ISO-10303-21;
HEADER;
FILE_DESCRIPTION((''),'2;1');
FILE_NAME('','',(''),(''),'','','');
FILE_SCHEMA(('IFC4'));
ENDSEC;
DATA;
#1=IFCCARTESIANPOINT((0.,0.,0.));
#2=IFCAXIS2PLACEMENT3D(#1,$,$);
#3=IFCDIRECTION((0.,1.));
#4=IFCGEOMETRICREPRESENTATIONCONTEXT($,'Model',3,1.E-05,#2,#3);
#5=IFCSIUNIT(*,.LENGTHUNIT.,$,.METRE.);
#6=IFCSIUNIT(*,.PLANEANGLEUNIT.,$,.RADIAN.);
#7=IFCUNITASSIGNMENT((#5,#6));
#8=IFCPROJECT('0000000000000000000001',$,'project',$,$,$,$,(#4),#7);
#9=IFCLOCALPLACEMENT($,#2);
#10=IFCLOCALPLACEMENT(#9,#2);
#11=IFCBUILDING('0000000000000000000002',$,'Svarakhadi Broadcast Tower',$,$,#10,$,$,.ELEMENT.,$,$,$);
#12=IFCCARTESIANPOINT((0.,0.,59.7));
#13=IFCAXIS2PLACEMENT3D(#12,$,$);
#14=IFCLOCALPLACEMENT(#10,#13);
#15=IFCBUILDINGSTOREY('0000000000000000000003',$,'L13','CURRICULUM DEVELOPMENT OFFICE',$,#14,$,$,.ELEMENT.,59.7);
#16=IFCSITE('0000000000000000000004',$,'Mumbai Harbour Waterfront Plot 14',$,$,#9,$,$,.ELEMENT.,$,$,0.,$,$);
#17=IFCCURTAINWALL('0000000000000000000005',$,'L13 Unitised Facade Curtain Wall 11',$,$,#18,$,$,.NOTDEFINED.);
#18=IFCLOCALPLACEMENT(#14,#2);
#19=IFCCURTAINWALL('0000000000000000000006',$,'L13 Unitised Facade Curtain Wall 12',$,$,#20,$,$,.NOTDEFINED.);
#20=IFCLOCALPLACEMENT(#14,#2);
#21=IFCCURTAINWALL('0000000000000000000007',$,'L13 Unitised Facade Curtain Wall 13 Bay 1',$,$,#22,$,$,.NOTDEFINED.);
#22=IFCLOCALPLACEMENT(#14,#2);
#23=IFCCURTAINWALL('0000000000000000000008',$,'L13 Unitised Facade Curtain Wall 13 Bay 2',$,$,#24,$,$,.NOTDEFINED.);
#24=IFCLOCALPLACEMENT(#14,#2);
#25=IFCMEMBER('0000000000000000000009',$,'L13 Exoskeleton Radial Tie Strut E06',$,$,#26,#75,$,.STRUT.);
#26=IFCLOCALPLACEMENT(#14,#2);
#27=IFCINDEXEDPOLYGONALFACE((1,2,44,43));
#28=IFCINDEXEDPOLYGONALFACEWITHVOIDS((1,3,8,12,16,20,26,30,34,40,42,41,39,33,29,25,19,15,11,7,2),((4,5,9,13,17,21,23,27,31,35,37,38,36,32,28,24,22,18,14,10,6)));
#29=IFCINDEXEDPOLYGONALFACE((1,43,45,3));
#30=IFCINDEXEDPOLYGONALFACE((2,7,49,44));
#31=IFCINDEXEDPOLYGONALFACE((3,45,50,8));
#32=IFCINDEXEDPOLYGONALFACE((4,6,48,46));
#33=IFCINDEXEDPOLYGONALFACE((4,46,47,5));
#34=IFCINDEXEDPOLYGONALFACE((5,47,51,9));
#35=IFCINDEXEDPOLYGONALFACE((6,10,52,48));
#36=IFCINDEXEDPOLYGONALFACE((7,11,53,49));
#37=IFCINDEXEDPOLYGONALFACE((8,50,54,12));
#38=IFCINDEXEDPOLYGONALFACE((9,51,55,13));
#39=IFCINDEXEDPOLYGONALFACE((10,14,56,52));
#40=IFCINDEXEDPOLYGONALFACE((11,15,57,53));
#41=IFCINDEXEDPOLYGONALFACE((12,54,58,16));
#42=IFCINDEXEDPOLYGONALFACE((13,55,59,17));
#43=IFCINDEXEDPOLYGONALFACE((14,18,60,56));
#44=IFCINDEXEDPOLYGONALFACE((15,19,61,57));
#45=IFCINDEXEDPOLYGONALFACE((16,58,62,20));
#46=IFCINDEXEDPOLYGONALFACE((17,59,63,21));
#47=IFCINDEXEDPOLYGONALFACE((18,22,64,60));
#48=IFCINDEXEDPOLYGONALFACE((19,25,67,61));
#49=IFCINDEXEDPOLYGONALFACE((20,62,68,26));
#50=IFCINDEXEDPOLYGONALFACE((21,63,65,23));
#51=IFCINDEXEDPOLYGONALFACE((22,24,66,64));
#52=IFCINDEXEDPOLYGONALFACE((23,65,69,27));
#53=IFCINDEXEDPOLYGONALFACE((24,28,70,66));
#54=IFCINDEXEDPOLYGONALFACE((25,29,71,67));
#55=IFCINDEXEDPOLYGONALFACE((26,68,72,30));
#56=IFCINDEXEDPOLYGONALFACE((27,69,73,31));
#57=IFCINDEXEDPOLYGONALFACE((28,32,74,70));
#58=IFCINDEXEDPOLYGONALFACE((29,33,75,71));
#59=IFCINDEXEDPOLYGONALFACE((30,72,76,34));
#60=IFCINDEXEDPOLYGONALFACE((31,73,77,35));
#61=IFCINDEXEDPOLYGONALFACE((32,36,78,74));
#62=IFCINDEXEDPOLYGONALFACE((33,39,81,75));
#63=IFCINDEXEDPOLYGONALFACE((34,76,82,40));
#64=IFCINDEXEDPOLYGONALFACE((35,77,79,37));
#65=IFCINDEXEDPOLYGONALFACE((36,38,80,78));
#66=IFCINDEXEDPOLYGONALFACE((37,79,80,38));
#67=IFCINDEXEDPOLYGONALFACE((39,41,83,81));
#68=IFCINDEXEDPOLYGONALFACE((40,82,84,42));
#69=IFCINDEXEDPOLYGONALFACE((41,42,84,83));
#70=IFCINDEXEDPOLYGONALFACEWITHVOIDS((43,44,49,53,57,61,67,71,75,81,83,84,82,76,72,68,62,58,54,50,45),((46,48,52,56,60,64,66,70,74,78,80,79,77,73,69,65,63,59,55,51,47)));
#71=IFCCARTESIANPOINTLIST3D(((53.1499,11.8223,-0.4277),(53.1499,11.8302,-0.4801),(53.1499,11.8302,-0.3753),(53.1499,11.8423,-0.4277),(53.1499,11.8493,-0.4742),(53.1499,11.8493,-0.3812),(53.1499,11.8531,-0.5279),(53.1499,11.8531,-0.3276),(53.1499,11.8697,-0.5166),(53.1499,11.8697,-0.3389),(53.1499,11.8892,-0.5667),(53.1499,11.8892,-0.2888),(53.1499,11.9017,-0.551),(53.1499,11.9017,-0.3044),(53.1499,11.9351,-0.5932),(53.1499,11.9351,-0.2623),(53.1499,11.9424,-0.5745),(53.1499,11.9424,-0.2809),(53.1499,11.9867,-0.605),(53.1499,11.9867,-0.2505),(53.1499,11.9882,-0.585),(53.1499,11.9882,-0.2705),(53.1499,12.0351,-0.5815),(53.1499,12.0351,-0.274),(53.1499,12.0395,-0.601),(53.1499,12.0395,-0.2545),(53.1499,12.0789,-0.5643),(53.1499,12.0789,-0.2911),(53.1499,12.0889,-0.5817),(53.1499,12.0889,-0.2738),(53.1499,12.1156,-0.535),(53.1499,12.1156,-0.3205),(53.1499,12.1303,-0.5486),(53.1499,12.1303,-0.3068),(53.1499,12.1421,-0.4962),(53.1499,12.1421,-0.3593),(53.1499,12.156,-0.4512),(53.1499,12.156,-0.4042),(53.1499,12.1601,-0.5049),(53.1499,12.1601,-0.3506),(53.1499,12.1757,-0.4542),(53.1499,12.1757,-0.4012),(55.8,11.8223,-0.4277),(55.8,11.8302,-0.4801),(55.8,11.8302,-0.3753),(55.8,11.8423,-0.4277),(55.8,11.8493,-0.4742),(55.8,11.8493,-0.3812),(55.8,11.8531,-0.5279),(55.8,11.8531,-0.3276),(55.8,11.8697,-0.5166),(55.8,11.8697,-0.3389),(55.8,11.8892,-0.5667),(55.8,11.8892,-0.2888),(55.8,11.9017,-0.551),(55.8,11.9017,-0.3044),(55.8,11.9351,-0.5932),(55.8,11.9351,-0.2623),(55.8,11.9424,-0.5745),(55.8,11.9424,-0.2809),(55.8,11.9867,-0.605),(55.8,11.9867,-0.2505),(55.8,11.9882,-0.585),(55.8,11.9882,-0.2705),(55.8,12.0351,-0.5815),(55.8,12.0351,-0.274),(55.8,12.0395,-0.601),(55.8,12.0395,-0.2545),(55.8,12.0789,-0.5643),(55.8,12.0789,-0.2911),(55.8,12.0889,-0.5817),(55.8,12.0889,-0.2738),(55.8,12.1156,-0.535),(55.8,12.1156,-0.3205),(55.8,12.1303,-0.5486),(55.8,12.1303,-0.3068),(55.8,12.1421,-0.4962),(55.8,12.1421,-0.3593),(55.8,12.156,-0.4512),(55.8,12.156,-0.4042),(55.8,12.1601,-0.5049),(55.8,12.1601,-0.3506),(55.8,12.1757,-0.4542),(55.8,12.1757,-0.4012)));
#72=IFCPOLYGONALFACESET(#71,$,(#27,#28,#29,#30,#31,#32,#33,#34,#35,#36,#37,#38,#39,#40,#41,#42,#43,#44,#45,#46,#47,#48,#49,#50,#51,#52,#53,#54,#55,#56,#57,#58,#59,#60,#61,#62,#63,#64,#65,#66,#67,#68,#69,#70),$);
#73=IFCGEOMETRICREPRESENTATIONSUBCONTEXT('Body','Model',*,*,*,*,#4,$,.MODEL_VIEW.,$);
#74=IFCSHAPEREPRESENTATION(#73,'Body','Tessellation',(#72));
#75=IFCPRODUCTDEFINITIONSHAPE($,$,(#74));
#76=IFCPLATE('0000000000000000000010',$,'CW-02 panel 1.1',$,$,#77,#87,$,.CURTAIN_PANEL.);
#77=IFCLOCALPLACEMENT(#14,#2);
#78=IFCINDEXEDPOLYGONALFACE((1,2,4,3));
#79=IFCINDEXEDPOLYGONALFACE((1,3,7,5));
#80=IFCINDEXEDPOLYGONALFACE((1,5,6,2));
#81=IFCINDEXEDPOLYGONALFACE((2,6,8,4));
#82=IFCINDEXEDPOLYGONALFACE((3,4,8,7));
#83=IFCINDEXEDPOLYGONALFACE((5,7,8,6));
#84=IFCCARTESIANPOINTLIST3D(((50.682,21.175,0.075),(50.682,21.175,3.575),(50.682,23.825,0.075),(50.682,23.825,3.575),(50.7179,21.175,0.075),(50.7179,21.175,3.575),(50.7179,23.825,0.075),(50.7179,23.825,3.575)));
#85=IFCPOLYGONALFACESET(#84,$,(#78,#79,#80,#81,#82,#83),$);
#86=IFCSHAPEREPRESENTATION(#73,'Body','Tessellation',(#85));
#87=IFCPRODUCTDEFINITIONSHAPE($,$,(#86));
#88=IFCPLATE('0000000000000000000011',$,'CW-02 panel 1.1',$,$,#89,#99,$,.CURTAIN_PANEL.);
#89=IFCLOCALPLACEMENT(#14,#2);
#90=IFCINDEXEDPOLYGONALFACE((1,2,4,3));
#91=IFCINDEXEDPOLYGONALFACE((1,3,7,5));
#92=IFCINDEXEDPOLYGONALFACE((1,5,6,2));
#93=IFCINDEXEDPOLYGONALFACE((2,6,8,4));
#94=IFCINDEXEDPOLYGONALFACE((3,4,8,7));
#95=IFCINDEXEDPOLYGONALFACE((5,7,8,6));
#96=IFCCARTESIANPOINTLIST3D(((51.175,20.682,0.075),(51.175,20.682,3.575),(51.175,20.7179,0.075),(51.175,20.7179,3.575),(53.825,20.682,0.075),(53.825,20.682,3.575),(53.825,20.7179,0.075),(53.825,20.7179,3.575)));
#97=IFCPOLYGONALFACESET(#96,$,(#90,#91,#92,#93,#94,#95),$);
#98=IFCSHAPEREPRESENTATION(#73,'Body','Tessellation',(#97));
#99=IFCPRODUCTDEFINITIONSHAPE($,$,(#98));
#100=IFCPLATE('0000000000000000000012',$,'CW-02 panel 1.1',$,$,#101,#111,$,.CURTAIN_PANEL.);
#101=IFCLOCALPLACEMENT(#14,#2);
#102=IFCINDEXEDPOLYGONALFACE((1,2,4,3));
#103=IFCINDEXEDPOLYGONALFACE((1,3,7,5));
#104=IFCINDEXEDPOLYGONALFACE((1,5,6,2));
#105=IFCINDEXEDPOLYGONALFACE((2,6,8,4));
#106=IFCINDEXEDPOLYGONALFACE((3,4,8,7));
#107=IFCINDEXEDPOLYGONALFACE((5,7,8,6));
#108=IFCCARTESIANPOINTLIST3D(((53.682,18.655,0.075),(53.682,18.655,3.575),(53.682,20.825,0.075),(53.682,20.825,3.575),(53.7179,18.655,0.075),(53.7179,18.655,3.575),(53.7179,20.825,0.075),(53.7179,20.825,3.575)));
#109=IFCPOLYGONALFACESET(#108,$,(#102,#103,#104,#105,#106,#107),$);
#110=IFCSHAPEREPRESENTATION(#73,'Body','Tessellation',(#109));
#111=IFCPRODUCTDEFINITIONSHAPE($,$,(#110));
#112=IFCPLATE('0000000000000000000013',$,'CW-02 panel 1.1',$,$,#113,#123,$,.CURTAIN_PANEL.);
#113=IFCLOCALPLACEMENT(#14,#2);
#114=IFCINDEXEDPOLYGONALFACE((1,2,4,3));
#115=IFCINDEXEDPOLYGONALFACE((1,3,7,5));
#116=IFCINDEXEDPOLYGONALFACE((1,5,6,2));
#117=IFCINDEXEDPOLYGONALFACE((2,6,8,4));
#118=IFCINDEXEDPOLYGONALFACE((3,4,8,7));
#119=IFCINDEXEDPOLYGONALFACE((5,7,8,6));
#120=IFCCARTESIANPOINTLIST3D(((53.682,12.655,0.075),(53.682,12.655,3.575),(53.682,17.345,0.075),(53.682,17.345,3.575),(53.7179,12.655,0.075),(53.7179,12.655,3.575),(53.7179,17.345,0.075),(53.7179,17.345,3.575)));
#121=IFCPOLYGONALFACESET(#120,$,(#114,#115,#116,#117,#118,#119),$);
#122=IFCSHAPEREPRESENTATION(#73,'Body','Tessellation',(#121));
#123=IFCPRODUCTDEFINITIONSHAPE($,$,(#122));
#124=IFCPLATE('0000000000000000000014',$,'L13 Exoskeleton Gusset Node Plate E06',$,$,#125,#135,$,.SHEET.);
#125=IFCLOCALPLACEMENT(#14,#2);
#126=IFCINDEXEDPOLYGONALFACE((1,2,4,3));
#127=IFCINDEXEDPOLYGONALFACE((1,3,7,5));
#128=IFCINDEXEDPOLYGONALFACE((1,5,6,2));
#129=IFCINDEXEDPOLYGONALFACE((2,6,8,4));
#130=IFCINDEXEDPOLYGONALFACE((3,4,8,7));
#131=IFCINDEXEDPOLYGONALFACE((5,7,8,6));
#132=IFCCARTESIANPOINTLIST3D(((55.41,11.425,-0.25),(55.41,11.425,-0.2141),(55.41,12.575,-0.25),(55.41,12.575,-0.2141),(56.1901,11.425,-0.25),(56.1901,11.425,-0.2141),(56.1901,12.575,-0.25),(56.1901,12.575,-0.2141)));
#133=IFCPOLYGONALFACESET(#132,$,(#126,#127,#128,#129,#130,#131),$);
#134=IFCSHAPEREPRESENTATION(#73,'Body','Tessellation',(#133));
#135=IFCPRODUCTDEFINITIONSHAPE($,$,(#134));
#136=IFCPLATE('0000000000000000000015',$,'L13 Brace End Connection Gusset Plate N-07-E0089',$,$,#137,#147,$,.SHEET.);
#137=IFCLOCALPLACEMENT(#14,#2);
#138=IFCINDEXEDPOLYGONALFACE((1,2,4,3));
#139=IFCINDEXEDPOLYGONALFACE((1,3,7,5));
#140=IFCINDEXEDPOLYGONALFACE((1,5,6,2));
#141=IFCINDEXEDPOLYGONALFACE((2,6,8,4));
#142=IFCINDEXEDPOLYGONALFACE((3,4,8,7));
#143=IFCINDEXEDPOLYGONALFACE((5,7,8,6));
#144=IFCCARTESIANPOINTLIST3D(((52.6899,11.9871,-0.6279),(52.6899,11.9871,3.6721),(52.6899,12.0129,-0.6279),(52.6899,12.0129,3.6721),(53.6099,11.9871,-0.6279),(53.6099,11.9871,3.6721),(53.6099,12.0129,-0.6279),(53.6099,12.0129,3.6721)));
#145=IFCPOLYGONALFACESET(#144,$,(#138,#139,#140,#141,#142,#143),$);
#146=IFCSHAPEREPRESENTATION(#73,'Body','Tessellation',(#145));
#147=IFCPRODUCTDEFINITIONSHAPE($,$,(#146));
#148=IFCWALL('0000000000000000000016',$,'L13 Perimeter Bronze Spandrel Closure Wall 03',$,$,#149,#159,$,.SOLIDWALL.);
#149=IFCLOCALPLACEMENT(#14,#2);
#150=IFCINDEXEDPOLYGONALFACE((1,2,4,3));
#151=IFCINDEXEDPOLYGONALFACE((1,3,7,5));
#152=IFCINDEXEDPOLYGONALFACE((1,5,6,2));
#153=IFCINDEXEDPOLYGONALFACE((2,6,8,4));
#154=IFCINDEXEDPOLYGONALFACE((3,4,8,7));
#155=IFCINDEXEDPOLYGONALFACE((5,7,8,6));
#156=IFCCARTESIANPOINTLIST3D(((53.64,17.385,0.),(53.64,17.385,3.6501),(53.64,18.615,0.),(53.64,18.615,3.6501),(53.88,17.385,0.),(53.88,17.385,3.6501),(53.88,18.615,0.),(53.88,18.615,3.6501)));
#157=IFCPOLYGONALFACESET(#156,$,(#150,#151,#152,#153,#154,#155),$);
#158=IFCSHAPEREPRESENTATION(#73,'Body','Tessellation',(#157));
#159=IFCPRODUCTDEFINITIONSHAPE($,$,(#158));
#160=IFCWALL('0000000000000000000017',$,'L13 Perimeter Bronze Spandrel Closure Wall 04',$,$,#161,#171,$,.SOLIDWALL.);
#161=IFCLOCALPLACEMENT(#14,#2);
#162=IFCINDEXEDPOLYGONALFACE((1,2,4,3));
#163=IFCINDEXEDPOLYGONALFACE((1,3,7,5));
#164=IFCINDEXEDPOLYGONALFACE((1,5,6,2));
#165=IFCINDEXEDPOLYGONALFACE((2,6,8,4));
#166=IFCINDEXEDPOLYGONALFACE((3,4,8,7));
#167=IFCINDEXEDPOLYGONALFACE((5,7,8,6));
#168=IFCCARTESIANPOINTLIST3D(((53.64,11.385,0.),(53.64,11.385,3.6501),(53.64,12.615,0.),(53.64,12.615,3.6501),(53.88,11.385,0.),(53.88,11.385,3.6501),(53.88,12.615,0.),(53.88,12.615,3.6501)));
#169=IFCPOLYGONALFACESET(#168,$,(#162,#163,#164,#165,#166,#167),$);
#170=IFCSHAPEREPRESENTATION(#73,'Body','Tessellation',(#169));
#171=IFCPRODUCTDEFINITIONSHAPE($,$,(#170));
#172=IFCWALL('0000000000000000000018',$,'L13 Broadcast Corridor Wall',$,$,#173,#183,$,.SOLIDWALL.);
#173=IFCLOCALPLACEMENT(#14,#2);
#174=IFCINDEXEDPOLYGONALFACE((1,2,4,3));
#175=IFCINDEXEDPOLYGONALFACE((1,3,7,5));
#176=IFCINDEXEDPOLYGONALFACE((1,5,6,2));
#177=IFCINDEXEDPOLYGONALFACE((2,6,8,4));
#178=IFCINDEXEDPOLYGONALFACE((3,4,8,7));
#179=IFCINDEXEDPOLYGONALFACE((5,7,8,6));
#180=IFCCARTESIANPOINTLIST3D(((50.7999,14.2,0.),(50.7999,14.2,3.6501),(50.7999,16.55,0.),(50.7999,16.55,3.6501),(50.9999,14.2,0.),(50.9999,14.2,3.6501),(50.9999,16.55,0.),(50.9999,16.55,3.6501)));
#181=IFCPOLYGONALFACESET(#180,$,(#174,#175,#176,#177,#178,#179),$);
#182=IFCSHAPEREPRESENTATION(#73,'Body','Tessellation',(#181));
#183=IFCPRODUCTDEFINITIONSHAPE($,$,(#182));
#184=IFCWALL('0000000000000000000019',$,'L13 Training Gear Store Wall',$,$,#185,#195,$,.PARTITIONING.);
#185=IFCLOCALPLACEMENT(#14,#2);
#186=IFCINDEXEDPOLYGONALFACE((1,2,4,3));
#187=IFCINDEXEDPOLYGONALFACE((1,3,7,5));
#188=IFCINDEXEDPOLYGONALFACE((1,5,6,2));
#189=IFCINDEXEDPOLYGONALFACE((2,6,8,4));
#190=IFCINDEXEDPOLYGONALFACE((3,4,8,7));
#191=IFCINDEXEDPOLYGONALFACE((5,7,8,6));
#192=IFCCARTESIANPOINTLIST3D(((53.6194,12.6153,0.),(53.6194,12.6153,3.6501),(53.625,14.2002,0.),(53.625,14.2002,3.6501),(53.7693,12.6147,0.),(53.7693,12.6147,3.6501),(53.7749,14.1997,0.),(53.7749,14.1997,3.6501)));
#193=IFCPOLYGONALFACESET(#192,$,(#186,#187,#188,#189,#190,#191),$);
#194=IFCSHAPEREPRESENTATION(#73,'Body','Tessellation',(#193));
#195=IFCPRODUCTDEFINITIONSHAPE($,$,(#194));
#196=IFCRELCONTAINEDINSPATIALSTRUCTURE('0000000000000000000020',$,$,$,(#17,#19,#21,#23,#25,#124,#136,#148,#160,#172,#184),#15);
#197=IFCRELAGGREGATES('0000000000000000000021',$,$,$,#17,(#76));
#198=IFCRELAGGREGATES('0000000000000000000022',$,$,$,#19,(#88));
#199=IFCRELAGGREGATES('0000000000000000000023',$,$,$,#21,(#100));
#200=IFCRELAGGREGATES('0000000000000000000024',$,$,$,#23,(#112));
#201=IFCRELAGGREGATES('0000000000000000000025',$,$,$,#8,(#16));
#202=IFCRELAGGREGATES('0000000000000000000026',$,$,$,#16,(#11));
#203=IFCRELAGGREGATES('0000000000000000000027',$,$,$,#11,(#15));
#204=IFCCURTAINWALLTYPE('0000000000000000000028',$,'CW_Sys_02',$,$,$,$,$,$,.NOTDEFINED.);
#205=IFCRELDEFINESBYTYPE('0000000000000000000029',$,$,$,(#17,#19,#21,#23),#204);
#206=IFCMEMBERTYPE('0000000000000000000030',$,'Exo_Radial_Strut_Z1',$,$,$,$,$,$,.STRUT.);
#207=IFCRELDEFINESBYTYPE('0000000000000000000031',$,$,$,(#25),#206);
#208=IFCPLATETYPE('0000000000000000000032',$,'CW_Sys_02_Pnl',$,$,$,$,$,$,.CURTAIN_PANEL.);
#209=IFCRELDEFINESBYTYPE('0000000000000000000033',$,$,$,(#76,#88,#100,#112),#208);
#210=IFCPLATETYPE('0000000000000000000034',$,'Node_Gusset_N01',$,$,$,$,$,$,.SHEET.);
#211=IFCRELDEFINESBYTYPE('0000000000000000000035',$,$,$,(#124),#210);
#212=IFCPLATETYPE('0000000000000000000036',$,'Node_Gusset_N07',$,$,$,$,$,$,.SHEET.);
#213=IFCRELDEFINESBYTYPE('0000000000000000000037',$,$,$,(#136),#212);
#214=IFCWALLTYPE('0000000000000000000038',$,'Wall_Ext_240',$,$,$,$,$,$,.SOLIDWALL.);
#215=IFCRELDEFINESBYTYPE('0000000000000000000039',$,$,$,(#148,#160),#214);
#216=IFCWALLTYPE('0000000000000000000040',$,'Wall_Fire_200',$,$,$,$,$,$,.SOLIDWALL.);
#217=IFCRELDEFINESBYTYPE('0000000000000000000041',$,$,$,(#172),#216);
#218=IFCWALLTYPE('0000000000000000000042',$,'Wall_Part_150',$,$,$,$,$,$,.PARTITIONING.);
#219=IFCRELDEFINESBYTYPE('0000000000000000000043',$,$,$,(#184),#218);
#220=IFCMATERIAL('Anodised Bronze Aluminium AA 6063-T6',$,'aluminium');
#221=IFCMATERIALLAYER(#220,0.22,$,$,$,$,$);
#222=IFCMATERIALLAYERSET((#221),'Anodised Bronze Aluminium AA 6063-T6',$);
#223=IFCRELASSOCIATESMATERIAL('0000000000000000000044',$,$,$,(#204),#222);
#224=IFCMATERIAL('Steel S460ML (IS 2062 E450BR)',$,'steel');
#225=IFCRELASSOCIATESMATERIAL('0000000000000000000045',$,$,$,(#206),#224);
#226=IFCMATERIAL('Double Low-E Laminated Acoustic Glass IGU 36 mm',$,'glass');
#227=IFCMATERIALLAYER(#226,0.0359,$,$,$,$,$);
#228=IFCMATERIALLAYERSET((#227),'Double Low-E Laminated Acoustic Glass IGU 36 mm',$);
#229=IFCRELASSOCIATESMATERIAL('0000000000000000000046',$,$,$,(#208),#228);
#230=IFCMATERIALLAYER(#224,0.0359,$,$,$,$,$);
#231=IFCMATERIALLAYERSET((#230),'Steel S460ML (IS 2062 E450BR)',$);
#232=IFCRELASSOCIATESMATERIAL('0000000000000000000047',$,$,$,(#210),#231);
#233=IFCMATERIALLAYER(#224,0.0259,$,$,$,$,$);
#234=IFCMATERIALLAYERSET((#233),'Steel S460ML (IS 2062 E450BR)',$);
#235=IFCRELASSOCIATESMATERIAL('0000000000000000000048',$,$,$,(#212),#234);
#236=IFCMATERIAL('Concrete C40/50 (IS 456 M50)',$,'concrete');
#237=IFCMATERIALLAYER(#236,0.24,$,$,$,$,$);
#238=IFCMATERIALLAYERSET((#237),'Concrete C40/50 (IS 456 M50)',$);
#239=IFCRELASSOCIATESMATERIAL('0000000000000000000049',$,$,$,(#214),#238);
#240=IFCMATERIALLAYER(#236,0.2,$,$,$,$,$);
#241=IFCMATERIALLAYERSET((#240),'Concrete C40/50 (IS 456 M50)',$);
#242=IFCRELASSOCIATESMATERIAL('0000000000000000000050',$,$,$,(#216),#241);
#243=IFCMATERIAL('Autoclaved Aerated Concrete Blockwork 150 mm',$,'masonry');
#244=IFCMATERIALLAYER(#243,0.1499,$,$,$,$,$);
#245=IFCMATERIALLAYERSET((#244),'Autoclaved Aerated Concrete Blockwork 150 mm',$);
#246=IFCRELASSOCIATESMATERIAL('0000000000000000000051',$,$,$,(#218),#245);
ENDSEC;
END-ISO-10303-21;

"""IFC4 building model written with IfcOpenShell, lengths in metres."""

from ifc_helpers import new_model, si_unit, direction, frame, frame_2d, origin, origin_2d, place, context, subcontext, project, spatial, rectangle, hollow_circle, extrude, material, layer, layer_set, material_profile, profile_set, type_object, element, aggregate, save


model = new_model("IFC4")

# Units and contexts
model_context = context("Model", 3, precision=1e-05, world=origin(), true_north=direction((0.0, 1.0)))
body_context = subcontext(model_context, "Body", "Model", "MODEL_VIEW")
ifc_project = project(units=[si_unit("LENGTHUNIT", "METRE"), si_unit("PLANEANGLEUNIT", "RADIAN")], contexts=[model_context])

# Site, building, storey
site_placement = place(None, origin())
site = spatial("IfcSite", under=ifc_project, at=site_placement, Name="Mumbai Harbour Waterfront Plot 14", CompositionType="ELEMENT", RefElevation=0.0)
building_placement = place(site_placement, origin())
building = spatial("IfcBuilding", under=site, at=building_placement, Name="Svarakhadi Broadcast Tower", CompositionType="ELEMENT")
storey_placement = place(building_placement, frame((0.0, 0.0, 59.7)))
storey = spatial("IfcBuildingStorey", under=building, at=storey_placement, Name="L13", Description="CURRICULUM DEVELOPMENT OFFICE", CompositionType="ELEMENT", Elevation=59.7)

# Curtain wall
ifc_material_1 = material(Name="Anodised Bronze Aluminium AA 6063-T6", Category="aluminium")
ifc_layer_1 = layer(ifc_material_1, 0.22)
ifc_layer_set_1 = layer_set([ifc_layer_1], Name="Anodised Bronze Aluminium AA 6063-T6")
curtain_wall_type = type_object("IfcCurtainWallType", Name="CW_Sys_02", PredefinedType="NOTDEFINED", material=ifc_layer_set_1)
curtain_wall_1_placement = place(storey_placement, origin())
curtain_wall_1 = element("IfcCurtainWall", 1, at=curtain_wall_1_placement, inside=storey, type_object=curtain_wall_type, Name="L13 Unitised Facade Curtain Wall 11", PredefinedType="NOTDEFINED")

# Curtain walls
curtain_wall_2_placement = place(storey_placement, origin())
curtain_wall_2 = element("IfcCurtainWall", 2, at=curtain_wall_2_placement, inside=storey, type_object=curtain_wall_type, Name="L13 Unitised Facade Curtain Wall 12", PredefinedType="NOTDEFINED")
curtain_wall_3_placement = place(storey_placement, origin())
curtain_wall_3 = element("IfcCurtainWall", 3, at=curtain_wall_3_placement, inside=storey, type_object=curtain_wall_type, Name="L13 Unitised Facade Curtain Wall 13 Bay 1", PredefinedType="NOTDEFINED")
curtain_wall_4_placement = place(storey_placement, origin())
curtain_wall_4 = element("IfcCurtainWall", 4, at=curtain_wall_4_placement, inside=storey, type_object=curtain_wall_type, Name="L13 Unitised Facade Curtain Wall 13 Bay 2", PredefinedType="NOTDEFINED")

# Member
ifc_material_2 = material(Name="Steel S460ML (IS 2062 E450BR)", Category="steel")
ifc_material_profile_1 = material_profile(ifc_material_2, hollow_circle(Radius=0.1777, WallThickness=0.02, at=origin_2d()), Name="CHS 355.6x20")
ifc_profile_set_1 = profile_set([ifc_material_profile_1], Name="Steel S460ML (IS 2062 E450BR)")
member_type_1 = type_object("IfcMemberType", Name="Exo_Radial_Strut_Z1", PredefinedType="STRUT", material=ifc_profile_set_1)
member_1_placement = place(storey_placement, frame((55.8, 12.0, -0.4277), z_axis=(-1.0, 0.0, 0.0), x_axis=(0.0, -1.0, 0.0)))
element("IfcMember", 5, at=member_1_placement, inside=storey, type_object=member_type_1, Name="L13 Exoskeleton Radial Tie Strut E06", PredefinedType="STRUT", context=body_context, shape_type="SweptSolid", body=[
    extrude(hollow_circle(Radius=0.1777, WallThickness=0.02, at=origin_2d()), origin(), (0.0, 0.0, 1.0), 2.6501),
])

# Plates
ifc_material_3 = material(Name="Double Low-E Laminated Acoustic Glass IGU 36 mm", Category="glass")
ifc_layer_2 = layer(ifc_material_3, 0.0359)
ifc_layer_set_2 = layer_set([ifc_layer_2], Name="Double Low-E Laminated Acoustic Glass IGU 36 mm")
plate_type_1 = type_object("IfcPlateType", Name="CW_Sys_02_Pnl", PredefinedType="CURTAIN_PANEL", material=ifc_layer_set_2)
plate_1_placement = place(storey_placement, frame((50.7, 22.5, 0.075), z_axis=(0.0, 0.0, 1.0), x_axis=(0.0, -1.0, 0.0)))
plate_1 = element("IfcPlate", 6, at=plate_1_placement, type_object=plate_type_1, Name="CW-02 panel 1.1", PredefinedType="CURTAIN_PANEL", context=body_context, shape_type="SweptSolid", body=[
    extrude(rectangle(XDim=2.6499, YDim=0.0359, at=origin_2d()), origin(), (0.0, 0.0, 1.0), 3.5),
])
aggregate(curtain_wall_1, [plate_1])
plate_2_placement = place(storey_placement, frame((52.5, 20.7, 0.075), z_axis=(0.0, 0.0, 1.0), x_axis=(1.0, 0.0, 0.0)))
plate_2 = element("IfcPlate", 7, at=plate_2_placement, type_object=plate_type_1, Name="CW-02 panel 1.1", PredefinedType="CURTAIN_PANEL", context=body_context, shape_type="SweptSolid", body=[
    extrude(rectangle(XDim=2.6499, YDim=0.0359, at=origin_2d()), origin(), (0.0, 0.0, 1.0), 3.5),
])
aggregate(curtain_wall_2, [plate_2])
plate_3_placement = place(storey_placement, frame((53.7, 19.74, 0.075), z_axis=(0.0, 0.0, 1.0), x_axis=(0.0, -1.0, 0.0)))
plate_3 = element("IfcPlate", 8, at=plate_3_placement, type_object=plate_type_1, Name="CW-02 panel 1.1", PredefinedType="CURTAIN_PANEL", context=body_context, shape_type="SweptSolid", body=[
    extrude(rectangle(XDim=2.1699, YDim=0.0359, at=origin_2d()), origin(), (0.0, 0.0, 1.0), 3.5),
])
aggregate(curtain_wall_3, [plate_3])
plate_4_placement = place(storey_placement, frame((53.7, 15.0, 0.075), z_axis=(0.0, 0.0, 1.0), x_axis=(0.0, -1.0, 0.0)))
plate_4 = element("IfcPlate", 9, at=plate_4_placement, type_object=plate_type_1, Name="CW-02 panel 1.1", PredefinedType="CURTAIN_PANEL", context=body_context, shape_type="SweptSolid", body=[
    extrude(rectangle(XDim=4.6899, YDim=0.0359, at=origin_2d()), origin(), (0.0, 0.0, 1.0), 3.5),
])
aggregate(curtain_wall_4, [plate_4])

# Plates
ifc_layer_3 = layer(ifc_material_2, 0.0359)
ifc_layer_set_3 = layer_set([ifc_layer_3], Name="Steel S460ML (IS 2062 E450BR)")
plate_type_2 = type_object("IfcPlateType", Name="Node_Gusset_N01", PredefinedType="SHEET", material=ifc_layer_set_3)
plate_5_placement = place(storey_placement, frame((55.8, 12.0, -0.25), z_axis=(0.0, 0.0, 1.0), x_axis=(0.0, 1.0, 0.0)))
element("IfcPlate", 10, at=plate_5_placement, inside=storey, type_object=plate_type_2, Name="L13 Exoskeleton Gusset Node Plate E06", PredefinedType="SHEET", context=body_context, shape_type="SweptSolid", body=[
    extrude(rectangle(XDim=1.1499, YDim=0.78, at=origin_2d()), origin(), (0.0, 0.0, 1.0), 0.0359),
])
ifc_layer_4 = layer(ifc_material_2, 0.0259)
ifc_layer_set_4 = layer_set([ifc_layer_4], Name="Steel S460ML (IS 2062 E450BR)")
plate_type_3 = type_object("IfcPlateType", Name="Node_Gusset_N07", PredefinedType="SHEET", material=ifc_layer_set_4)
plate_6_placement = place(storey_placement, frame((53.1499, 12.0, -0.6279), z_axis=(0.0, 0.0, 1.0), x_axis=(1.0, 0.0, 0.0)))
element("IfcPlate", 11, at=plate_6_placement, inside=storey, type_object=plate_type_3, Name="L13 Brace End Connection Gusset Plate N-07-E0089", PredefinedType="SHEET", context=body_context, shape_type="SweptSolid", body=[
    extrude(rectangle(XDim=0.9199, YDim=0.0259, at=origin_2d()), origin(), (0.0, 0.0, 1.0), 4.3),
])

# Walls
ifc_material_4 = material(Name="Concrete C40/50 (IS 456 M50)", Category="concrete")
ifc_layer_5 = layer(ifc_material_4, 0.24)
ifc_layer_set_5 = layer_set([ifc_layer_5], Name="Concrete C40/50 (IS 456 M50)")
wall_type_1 = type_object("IfcWallType", Name="Wall_Ext_240", PredefinedType="SOLIDWALL", material=ifc_layer_set_5)
for number, where, z_axis, x_axis, name in (
    (12, (53.76, 18.615, 0.0), (0.0, 0.0, 1.0), (0.0, -1.0, 0.0), "L13 Perimeter Bronze Spandrel Closure Wall 03"),
    (13, (53.76, 12.615, 0.0), (0.0, 0.0, 1.0), (0.0, -1.0, 0.0), "L13 Perimeter Bronze Spandrel Closure Wall 04"),
):
    element("IfcWall", number, at=place(storey_placement, frame(where, z_axis=z_axis, x_axis=x_axis)), inside=storey, type_object=wall_type_1, Name=name, PredefinedType="SOLIDWALL", context=body_context, shape_type="SweptSolid", body=[
        extrude(rectangle(XDim=1.23, YDim=0.24, at=frame_2d((0.615, 0.0))), origin(), (0.0, 0.0, 1.0), 3.6501),
    ])
ifc_layer_6 = layer(ifc_material_4, 0.2)
ifc_layer_set_6 = layer_set([ifc_layer_6], Name="Concrete C40/50 (IS 456 M50)")
wall_type_2 = type_object("IfcWallType", Name="Wall_Fire_200", PredefinedType="SOLIDWALL", material=ifc_layer_set_6)
wall_1_placement = place(storey_placement, frame((50.8999, 16.55, 0.0), z_axis=(0.0, 0.0, 1.0), x_axis=(0.0, -1.0, 0.0)))
element("IfcWall", 14, at=wall_1_placement, inside=storey, type_object=wall_type_2, Name="L13 Broadcast Corridor Wall", PredefinedType="SOLIDWALL", context=body_context, shape_type="SweptSolid", body=[
    extrude(rectangle(XDim=2.3501, YDim=0.2, at=frame_2d((1.175, 0.0))), origin(), (0.0, 0.0, 1.0), 3.6501),
])

# Wall
ifc_material_5 = material(Name="Autoclaved Aerated Concrete Blockwork 150 mm", Category="masonry")
ifc_layer_7 = layer(ifc_material_5, 0.1499)
ifc_layer_set_7 = layer_set([ifc_layer_7], Name="Autoclaved Aerated Concrete Blockwork 150 mm")
wall_type_3 = type_object("IfcWallType", Name="Wall_Part_150", PredefinedType="PARTITIONING", material=ifc_layer_set_7)
wall_2_placement = place(storey_placement, frame((53.6943, 12.615, 0.0), z_axis=(0.0, 0.0, 1.0), x_axis=(0.003543, 0.999994, 0.0)))
element("IfcWall", 15, at=wall_2_placement, inside=storey, type_object=wall_type_3, Name="L13 Training Gear Store Wall", PredefinedType="PARTITIONING", context=body_context, shape_type="SweptSolid", body=[
    extrude(rectangle(XDim=1.585, YDim=0.1499, at=frame_2d((0.7925, 0.0))), origin(), (0.0, 0.0, 1.0), 3.6501),
])

save(model, "model.ifc")
